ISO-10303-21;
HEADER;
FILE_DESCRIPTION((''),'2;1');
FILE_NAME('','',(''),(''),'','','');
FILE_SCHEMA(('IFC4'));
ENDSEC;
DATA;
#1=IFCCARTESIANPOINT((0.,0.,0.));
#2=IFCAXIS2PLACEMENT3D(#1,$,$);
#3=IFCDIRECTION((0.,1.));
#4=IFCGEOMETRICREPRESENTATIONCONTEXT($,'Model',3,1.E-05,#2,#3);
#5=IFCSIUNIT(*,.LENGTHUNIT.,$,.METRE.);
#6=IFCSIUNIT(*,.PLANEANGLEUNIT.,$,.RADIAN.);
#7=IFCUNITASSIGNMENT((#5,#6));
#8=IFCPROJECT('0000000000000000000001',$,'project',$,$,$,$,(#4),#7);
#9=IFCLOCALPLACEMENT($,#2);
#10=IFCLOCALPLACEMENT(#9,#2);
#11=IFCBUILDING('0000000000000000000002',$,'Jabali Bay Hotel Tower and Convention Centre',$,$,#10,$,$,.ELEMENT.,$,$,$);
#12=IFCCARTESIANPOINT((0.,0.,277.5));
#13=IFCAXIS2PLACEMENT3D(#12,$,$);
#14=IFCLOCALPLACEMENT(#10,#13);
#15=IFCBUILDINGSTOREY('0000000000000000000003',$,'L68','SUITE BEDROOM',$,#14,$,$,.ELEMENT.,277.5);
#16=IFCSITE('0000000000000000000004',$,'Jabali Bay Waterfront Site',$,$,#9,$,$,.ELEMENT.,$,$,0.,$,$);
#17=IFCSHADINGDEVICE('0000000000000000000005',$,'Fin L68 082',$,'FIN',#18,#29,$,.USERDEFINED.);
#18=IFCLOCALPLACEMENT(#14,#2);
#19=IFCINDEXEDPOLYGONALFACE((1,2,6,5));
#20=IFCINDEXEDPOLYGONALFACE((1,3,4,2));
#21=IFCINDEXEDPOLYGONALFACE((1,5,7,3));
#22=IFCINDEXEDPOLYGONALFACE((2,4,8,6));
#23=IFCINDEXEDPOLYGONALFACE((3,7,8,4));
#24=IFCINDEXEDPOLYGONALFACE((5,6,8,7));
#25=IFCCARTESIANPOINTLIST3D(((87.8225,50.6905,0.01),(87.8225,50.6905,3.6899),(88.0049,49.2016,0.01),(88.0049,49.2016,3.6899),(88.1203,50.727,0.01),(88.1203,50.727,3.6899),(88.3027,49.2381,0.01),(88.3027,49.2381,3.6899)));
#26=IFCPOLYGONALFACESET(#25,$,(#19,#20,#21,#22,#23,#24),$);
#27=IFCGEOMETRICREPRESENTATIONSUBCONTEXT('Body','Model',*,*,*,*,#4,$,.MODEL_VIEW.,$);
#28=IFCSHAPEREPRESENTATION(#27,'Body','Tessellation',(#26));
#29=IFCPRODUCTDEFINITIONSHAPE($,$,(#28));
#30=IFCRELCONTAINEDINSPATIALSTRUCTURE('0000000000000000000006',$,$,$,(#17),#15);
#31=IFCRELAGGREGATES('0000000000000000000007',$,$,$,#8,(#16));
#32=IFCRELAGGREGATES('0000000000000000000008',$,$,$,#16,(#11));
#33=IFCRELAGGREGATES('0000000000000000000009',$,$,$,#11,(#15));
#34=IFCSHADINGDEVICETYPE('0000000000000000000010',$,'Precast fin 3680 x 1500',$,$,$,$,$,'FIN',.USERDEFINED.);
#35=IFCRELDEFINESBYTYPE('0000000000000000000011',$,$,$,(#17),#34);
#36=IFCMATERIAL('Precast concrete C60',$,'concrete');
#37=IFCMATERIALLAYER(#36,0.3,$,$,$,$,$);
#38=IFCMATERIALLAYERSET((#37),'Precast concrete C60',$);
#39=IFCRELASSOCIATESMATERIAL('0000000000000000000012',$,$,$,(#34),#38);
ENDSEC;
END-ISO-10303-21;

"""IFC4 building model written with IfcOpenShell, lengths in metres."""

from ifc_helpers import new_model, si_unit, direction, frame, frame_2d, origin, place, context, subcontext, project, spatial, rectangle, extrude, material, layer, layer_set, type_object, element, save


model = new_model("IFC4")

# Units and contexts
model_context = context("Model", 3, precision=1e-05, world=origin(), true_north=direction((0.0, 1.0)))
body_context = subcontext(model_context, "Body", "Model", "MODEL_VIEW")
ifc_project = project(units=[si_unit("LENGTHUNIT", "METRE"), si_unit("PLANEANGLEUNIT", "RADIAN")], contexts=[model_context])

# Site, building, storey
site_placement = place(None, origin())
site = spatial("IfcSite", under=ifc_project, at=site_placement, Name="Jabali Bay Waterfront Site", CompositionType="ELEMENT", RefElevation=0.0)
building_placement = place(site_placement, origin())
building = spatial("IfcBuilding", under=site, at=building_placement, Name="Jabali Bay Hotel Tower and Convention Centre", CompositionType="ELEMENT")
storey_placement = place(building_placement, frame((0.0, 0.0, 277.5)))
storey = spatial("IfcBuildingStorey", under=building, at=storey_placement, Name="L68", Description="SUITE BEDROOM", CompositionType="ELEMENT", Elevation=277.5)

# Shading device
ifc_material_1 = material(Name="Precast concrete C60", Category="concrete")
ifc_layer_1 = layer(ifc_material_1, 0.3)
ifc_layer_set_1 = layer_set([ifc_layer_1], Name="Precast concrete C60")
shading_device_type_1 = type_object("IfcShadingDeviceType", Name="Precast fin 3680 x 1500", ElementType="FIN", PredefinedType="USERDEFINED", material=ifc_layer_set_1)
for number, where, z_axis, x_axis, name in (
    (1, (87.9714, 50.7087, 0.01), (0.0, 0.0, 1.0), (0.12159, -0.99258, 0.0), "Fin L68 082"),
):
    element("IfcShadingDevice", number, at=place(storey_placement, frame(where, z_axis=z_axis, x_axis=x_axis)), inside=storey, type_object=shading_device_type_1, Name=name, ObjectType="FIN", PredefinedType="USERDEFINED", context=body_context, shape_type="SweptSolid", body=[
        extrude(rectangle(XDim=1.5, YDim=0.3, at=frame_2d((0.75, 0.0))), origin(), (0.0, 0.0, 1.0), 3.6799),
    ])

save(model, "model.ifc")
